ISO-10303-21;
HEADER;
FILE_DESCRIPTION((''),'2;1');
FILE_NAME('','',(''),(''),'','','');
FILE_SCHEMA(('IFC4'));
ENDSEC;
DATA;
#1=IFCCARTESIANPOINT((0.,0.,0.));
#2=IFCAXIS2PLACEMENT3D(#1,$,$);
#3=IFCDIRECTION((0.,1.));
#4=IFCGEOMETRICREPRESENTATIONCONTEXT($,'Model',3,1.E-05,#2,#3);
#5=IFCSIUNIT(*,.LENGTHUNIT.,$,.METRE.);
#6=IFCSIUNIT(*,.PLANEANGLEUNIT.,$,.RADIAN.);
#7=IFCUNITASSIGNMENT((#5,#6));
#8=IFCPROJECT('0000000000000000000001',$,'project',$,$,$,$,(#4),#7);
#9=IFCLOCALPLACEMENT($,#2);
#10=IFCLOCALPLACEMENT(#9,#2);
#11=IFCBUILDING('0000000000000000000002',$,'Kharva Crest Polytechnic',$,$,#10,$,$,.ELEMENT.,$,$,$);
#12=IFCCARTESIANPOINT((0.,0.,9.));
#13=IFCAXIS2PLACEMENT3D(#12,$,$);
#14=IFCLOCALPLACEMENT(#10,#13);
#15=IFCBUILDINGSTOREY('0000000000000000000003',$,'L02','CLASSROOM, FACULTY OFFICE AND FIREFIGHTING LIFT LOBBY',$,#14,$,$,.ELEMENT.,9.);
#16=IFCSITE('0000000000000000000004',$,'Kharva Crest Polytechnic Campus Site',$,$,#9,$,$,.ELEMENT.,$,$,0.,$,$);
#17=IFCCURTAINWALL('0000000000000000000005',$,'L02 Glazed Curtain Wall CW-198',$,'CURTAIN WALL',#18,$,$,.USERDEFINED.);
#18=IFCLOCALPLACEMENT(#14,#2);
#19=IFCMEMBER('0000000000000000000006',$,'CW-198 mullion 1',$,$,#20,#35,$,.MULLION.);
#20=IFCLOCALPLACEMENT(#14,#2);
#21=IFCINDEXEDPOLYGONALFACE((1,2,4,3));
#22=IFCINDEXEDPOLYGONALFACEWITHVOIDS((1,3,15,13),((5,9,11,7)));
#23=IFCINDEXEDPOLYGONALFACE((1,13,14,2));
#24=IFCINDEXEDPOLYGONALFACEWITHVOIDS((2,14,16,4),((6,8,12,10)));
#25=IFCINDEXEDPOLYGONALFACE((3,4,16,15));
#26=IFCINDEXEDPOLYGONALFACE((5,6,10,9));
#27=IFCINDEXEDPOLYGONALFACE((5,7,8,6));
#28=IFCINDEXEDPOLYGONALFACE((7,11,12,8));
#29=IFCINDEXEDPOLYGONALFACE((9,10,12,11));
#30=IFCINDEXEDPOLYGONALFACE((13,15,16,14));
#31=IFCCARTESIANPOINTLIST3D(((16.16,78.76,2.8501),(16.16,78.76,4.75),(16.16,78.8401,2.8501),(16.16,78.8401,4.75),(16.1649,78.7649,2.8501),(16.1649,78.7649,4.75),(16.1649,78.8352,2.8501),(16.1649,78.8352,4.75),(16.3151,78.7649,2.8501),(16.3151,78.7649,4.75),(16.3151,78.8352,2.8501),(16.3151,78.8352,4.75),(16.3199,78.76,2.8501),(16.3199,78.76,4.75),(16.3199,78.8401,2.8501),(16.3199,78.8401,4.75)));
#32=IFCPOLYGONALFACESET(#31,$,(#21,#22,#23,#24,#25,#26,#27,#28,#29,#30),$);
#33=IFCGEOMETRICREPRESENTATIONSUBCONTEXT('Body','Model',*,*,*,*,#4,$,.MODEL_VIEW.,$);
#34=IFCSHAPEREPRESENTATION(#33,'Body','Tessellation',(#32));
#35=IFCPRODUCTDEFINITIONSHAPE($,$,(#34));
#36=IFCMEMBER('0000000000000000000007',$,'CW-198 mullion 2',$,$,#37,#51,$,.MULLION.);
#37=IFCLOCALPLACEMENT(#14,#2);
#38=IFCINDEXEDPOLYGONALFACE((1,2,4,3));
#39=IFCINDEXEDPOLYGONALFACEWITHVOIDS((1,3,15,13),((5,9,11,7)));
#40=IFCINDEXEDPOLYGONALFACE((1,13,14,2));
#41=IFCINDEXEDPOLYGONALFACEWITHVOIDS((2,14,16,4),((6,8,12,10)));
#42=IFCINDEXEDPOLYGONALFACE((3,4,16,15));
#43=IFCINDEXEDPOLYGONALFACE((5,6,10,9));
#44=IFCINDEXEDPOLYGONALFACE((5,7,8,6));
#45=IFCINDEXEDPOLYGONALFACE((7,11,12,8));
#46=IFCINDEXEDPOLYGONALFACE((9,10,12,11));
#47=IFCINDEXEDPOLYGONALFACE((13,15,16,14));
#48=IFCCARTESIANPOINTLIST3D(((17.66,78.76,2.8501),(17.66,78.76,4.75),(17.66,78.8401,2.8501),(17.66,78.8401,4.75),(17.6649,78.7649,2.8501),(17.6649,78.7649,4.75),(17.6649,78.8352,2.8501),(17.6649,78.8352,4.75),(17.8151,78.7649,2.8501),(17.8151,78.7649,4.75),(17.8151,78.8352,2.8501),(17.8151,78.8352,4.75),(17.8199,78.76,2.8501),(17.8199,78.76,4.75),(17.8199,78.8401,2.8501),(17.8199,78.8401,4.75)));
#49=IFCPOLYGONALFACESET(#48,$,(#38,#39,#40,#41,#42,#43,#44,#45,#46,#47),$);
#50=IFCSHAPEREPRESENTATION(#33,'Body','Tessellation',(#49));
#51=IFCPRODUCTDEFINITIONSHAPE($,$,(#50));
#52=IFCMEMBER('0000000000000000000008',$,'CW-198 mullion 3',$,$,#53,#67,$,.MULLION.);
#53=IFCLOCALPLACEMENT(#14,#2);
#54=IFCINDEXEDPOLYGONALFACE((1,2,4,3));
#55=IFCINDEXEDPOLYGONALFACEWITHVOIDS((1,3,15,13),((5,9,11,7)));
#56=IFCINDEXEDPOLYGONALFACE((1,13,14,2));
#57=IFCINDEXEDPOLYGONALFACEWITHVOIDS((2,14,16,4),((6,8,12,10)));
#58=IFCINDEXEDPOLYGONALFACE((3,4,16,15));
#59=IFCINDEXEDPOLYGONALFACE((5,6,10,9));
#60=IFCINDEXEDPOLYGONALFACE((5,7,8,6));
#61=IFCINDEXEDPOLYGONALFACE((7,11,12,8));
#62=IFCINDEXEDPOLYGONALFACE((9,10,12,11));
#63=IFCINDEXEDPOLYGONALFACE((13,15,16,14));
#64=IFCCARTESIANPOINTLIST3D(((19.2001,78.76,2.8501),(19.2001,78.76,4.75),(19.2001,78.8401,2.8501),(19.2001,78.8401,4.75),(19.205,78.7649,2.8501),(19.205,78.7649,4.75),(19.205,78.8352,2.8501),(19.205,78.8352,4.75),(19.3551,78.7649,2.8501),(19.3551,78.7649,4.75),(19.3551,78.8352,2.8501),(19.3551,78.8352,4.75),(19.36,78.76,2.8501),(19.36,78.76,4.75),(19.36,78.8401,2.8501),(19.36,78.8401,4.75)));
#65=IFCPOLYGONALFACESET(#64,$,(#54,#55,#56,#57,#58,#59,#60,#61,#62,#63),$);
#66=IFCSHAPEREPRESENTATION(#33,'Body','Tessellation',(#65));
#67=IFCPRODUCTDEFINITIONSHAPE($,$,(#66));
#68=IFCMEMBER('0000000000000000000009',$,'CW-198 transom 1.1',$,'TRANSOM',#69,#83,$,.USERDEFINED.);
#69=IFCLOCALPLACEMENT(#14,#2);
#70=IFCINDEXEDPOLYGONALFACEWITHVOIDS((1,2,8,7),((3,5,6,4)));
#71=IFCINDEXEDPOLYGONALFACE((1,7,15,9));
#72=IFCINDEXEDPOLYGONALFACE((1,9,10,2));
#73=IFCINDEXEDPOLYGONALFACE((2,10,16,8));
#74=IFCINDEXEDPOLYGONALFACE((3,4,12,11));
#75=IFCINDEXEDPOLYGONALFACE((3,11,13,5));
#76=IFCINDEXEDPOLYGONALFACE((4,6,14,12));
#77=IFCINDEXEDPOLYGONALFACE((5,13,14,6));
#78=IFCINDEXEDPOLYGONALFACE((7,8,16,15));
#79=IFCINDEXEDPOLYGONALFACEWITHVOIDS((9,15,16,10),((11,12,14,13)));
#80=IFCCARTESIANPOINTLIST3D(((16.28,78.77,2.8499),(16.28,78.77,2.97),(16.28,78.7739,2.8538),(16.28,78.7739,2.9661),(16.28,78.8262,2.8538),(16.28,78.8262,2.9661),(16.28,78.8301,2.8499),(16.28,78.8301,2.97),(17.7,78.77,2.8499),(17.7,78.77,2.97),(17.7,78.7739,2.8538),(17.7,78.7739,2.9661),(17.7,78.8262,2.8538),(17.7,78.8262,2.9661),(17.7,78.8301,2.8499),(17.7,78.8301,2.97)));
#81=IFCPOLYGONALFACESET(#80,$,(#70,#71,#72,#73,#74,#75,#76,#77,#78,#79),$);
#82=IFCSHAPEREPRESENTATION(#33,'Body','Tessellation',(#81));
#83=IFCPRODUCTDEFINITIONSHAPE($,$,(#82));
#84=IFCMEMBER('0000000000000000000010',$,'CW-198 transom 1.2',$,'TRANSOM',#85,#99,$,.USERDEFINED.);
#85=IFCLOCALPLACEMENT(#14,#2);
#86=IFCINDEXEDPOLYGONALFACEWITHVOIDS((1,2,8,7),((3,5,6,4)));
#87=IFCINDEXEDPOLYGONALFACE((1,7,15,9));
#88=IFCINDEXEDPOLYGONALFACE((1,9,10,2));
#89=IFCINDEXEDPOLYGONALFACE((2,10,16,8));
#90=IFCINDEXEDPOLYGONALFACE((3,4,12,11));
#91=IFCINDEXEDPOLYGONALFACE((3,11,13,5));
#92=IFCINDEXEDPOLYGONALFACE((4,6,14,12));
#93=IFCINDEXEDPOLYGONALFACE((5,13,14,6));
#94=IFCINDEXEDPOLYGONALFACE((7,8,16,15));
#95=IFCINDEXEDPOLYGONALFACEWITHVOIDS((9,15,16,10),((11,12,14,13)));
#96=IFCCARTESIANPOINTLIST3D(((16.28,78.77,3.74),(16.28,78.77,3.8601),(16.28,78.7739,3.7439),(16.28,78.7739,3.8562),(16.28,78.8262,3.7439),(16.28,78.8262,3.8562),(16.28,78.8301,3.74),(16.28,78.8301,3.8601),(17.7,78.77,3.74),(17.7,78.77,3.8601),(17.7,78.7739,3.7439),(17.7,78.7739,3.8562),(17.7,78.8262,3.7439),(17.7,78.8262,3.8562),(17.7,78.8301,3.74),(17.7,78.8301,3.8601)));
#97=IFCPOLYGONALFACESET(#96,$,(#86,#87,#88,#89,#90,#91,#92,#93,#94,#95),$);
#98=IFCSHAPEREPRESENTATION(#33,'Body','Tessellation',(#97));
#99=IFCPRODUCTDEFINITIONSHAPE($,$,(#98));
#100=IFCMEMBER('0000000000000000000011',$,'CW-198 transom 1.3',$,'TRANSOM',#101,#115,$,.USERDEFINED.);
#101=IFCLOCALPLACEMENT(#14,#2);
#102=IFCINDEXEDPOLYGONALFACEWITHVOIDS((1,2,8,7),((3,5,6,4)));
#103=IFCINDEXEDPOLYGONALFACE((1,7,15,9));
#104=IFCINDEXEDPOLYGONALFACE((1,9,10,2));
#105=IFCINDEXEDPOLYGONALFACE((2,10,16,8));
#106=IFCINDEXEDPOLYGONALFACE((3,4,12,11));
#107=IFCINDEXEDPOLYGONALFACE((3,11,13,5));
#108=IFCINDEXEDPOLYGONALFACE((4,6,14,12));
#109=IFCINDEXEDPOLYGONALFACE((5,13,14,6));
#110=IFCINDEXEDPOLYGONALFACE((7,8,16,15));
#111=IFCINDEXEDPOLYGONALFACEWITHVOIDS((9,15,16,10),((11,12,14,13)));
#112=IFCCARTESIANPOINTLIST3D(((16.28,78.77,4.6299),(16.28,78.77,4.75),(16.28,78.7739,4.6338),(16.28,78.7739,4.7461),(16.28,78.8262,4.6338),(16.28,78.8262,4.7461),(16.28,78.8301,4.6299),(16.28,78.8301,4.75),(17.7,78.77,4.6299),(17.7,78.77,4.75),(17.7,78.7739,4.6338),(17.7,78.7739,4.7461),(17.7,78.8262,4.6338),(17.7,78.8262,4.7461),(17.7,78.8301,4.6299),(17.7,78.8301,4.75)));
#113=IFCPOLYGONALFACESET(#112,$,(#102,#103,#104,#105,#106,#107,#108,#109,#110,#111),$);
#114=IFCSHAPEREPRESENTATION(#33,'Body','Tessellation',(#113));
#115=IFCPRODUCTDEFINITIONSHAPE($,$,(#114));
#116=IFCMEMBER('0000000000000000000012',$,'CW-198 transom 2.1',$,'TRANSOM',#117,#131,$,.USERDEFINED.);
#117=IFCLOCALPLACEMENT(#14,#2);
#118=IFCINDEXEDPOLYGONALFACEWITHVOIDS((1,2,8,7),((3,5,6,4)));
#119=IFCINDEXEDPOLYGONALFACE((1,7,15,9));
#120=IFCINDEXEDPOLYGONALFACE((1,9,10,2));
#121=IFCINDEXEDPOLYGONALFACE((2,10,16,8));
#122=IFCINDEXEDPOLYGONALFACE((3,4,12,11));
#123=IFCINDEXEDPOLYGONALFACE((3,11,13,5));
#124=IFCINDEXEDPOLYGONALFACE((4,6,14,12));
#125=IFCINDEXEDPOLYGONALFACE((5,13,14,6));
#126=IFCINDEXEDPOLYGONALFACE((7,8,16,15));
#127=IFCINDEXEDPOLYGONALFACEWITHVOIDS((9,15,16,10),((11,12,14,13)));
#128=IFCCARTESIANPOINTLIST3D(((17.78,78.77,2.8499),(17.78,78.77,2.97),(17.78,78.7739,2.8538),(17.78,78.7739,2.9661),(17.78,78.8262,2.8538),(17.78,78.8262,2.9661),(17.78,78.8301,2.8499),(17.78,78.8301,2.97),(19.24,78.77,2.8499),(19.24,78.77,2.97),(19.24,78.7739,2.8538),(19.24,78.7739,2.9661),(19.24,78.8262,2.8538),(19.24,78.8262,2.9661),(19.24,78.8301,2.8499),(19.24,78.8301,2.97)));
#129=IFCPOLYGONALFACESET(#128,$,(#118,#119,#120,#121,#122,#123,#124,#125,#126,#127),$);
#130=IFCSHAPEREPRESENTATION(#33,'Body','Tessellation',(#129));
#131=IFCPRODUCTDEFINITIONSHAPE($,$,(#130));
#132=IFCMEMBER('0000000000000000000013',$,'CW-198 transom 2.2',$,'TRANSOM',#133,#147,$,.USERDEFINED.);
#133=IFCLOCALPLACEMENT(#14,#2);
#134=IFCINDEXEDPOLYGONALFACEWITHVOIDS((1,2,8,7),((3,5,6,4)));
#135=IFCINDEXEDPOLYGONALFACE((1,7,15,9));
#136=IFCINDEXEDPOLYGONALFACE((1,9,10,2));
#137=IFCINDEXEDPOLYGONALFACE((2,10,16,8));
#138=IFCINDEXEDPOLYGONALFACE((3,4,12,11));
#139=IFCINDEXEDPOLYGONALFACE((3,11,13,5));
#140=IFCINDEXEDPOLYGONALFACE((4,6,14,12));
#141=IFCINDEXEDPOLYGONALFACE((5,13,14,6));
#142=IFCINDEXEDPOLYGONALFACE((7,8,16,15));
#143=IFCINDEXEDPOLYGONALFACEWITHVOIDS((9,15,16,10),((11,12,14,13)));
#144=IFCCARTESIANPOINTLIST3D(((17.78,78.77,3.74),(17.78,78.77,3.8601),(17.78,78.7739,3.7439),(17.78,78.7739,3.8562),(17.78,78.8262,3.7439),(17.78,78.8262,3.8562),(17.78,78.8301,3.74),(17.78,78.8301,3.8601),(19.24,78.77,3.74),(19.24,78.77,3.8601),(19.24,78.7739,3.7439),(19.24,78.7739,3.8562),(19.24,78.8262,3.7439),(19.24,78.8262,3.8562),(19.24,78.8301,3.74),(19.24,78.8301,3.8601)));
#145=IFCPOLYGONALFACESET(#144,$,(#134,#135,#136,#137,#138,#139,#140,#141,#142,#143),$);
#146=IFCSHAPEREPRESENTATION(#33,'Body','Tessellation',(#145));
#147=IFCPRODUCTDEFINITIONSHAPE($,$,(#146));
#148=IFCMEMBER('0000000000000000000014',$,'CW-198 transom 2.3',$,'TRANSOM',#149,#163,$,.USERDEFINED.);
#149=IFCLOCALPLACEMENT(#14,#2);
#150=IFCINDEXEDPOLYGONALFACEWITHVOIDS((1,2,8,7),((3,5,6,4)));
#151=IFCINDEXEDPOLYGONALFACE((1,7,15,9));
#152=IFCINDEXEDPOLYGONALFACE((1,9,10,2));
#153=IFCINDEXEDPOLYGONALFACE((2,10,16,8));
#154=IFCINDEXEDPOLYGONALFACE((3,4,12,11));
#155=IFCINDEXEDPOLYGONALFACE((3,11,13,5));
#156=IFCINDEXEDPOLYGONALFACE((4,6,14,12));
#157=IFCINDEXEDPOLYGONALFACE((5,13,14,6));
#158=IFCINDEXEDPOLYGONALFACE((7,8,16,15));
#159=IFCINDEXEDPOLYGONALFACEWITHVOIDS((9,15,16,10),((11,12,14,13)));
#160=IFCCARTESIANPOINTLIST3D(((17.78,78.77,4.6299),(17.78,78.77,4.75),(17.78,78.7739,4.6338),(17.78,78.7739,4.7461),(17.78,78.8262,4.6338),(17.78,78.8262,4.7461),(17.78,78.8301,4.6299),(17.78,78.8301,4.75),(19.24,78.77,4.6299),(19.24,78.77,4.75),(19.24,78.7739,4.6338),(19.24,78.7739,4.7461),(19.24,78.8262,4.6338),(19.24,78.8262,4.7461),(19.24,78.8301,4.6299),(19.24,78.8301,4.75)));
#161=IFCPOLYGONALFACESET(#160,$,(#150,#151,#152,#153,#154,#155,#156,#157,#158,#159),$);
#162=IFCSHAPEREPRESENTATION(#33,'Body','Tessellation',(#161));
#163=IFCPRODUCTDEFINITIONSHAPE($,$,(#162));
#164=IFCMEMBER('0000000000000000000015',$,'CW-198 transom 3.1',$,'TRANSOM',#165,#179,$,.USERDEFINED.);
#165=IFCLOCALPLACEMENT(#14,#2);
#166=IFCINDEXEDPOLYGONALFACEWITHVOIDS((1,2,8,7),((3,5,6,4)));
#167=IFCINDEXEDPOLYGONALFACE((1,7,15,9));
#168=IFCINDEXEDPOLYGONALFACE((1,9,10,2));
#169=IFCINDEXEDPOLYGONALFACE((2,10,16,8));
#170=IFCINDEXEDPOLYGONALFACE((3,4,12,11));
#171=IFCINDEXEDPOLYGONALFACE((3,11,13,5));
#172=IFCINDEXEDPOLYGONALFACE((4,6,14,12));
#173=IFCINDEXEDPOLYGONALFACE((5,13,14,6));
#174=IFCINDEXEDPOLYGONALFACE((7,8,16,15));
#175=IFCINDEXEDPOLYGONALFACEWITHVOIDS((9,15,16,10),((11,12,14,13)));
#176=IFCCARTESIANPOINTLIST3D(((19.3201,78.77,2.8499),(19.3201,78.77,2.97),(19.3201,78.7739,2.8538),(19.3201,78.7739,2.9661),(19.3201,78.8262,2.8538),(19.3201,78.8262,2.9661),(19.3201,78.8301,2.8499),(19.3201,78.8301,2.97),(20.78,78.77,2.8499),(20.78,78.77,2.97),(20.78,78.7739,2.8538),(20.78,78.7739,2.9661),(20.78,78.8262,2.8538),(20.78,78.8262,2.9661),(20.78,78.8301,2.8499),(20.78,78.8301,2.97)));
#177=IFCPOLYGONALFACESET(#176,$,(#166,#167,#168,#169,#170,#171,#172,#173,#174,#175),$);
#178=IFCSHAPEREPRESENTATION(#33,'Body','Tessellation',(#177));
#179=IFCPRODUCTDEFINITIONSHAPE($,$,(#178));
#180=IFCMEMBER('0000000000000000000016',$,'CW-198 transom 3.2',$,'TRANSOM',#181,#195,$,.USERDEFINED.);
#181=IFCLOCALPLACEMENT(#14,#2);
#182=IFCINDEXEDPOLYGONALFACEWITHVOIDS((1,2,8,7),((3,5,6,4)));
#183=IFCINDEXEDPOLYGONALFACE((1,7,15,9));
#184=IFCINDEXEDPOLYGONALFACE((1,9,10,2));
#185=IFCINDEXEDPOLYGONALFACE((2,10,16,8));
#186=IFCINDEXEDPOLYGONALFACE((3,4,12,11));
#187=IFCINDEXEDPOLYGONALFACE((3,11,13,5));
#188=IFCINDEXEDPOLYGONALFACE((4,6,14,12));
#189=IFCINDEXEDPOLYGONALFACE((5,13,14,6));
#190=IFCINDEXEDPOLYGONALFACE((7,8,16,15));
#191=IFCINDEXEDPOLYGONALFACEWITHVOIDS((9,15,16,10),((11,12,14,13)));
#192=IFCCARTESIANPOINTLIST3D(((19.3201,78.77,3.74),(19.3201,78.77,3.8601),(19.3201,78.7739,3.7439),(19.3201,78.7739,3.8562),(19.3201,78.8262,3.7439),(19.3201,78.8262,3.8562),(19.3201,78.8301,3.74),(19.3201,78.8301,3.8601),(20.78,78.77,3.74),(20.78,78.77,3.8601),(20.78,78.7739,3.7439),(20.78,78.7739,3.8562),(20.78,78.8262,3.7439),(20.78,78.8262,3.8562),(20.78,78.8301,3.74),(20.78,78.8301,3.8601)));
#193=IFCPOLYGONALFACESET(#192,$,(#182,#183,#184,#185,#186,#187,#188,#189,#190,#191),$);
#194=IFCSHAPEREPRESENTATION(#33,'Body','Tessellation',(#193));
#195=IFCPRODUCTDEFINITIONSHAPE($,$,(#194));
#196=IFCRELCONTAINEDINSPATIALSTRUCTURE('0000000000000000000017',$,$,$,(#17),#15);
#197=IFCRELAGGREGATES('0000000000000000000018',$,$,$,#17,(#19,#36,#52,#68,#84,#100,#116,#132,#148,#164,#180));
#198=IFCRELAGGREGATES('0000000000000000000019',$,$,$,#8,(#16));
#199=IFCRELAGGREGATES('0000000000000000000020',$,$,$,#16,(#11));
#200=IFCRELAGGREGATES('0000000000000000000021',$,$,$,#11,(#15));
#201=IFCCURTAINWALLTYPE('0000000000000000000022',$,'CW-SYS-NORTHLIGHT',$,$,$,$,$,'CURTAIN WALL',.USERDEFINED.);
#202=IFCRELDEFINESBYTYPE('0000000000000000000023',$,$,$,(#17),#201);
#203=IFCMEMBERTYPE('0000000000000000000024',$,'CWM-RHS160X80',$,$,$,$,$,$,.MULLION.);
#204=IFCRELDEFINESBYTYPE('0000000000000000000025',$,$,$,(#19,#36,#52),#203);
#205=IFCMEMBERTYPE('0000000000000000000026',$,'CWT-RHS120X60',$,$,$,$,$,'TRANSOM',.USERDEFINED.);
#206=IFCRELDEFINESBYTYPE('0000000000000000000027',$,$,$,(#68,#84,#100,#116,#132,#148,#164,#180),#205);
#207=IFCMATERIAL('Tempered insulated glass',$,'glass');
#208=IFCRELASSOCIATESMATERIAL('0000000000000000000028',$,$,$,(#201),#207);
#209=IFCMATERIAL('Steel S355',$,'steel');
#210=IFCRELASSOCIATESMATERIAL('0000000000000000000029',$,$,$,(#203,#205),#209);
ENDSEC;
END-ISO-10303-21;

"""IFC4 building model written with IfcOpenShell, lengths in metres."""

from ifc_helpers import new_model, si_unit, direction, frame, origin, origin_2d, place, context, subcontext, project, spatial, hollow_rectangle, extrude, material, material_profile, profile_set, type_object, element, aggregate, save


model = new_model("IFC4")

# Units and contexts
model_context = context("Model", 3, precision=1e-05, world=origin(), true_north=direction((0.0, 1.0)))
body_context = subcontext(model_context, "Body", "Model", "MODEL_VIEW")
ifc_project = project(units=[si_unit("LENGTHUNIT", "METRE"), si_unit("PLANEANGLEUNIT", "RADIAN")], contexts=[model_context])

# Site, building, storey
site_placement = place(None, origin())
site = spatial("IfcSite", under=ifc_project, at=site_placement, Name="Kharva Crest Polytechnic Campus Site", CompositionType="ELEMENT", RefElevation=0.0)
building_placement = place(site_placement, origin())
building = spatial("IfcBuilding", under=site, at=building_placement, Name="Kharva Crest Polytechnic", CompositionType="ELEMENT")
storey_placement = place(building_placement, frame((0.0, 0.0, 9.0)))
storey = spatial("IfcBuildingStorey", under=building, at=storey_placement, Name="L02", Description="CLASSROOM, FACULTY OFFICE AND FIREFIGHTING LIFT LOBBY", CompositionType="ELEMENT", Elevation=9.0)

# Curtain wall, members
ifc_material_1 = material(Name="Tempered insulated glass", Category="glass")
curtain_wall_type = type_object("IfcCurtainWallType", Name="CW-SYS-NORTHLIGHT", ElementType="CURTAIN WALL", PredefinedType="USERDEFINED", material=ifc_material_1)
curtain_wall_placement = place(storey_placement, origin())
curtain_wall = element("IfcCurtainWall", 1, at=curtain_wall_placement, inside=storey, type_object=curtain_wall_type, Name="L02 Glazed Curtain Wall CW-198", ObjectType="CURTAIN WALL", PredefinedType="USERDEFINED")
ifc_material_2 = material(Name="Steel S355", Category="steel")
ifc_material_profile_1 = material_profile(ifc_material_2, hollow_rectangle(XDim=0.0801, YDim=0.1599, WallThickness=0.0049, at=origin_2d()), Name="RHS 160X80X5.0")
ifc_profile_set_1 = profile_set([ifc_material_profile_1], Name="Steel S355")
member_type_1 = type_object("IfcMemberType", Name="CWM-RHS160X80", PredefinedType="MULLION", material=ifc_profile_set_1)
member_1_placement = place(storey_placement, frame((16.24, 78.8, 2.8501), z_axis=(0.0, 0.0, 1.0), x_axis=(0.0, 1.0, 0.0)))
member_1 = element("IfcMember", 2, at=member_1_placement, type_object=member_type_1, Name="CW-198 mullion 1", PredefinedType="MULLION", context=body_context, shape_type="SweptSolid", body=[
    extrude(hollow_rectangle(XDim=0.0801, YDim=0.1599, WallThickness=0.0049, at=origin_2d()), origin(), (0.0, 0.0, 1.0), 1.8999),
])
member_2_placement = place(storey_placement, frame((17.74, 78.8, 2.8501), z_axis=(0.0, 0.0, 1.0), x_axis=(0.0, 1.0, 0.0)))
member_2 = element("IfcMember", 3, at=member_2_placement, type_object=member_type_1, Name="CW-198 mullion 2", PredefinedType="MULLION", context=body_context, shape_type="SweptSolid", body=[
    extrude(hollow_rectangle(XDim=0.0801, YDim=0.1599, WallThickness=0.0049, at=origin_2d()), origin(), (0.0, 0.0, 1.0), 1.8999),
])
member_3_placement = place(storey_placement, frame((19.28, 78.8, 2.8501), z_axis=(0.0, 0.0, 1.0), x_axis=(0.0, 1.0, 0.0)))
member_3 = element("IfcMember", 4, at=member_3_placement, type_object=member_type_1, Name="CW-198 mullion 3", PredefinedType="MULLION", context=body_context, shape_type="SweptSolid", body=[
    extrude(hollow_rectangle(XDim=0.0801, YDim=0.1599, WallThickness=0.0049, at=origin_2d()), origin(), (0.0, 0.0, 1.0), 1.8999),
])
ifc_material_profile_2 = material_profile(ifc_material_2, hollow_rectangle(XDim=0.0601, YDim=0.1201, WallThickness=0.0039, at=origin_2d()), Name="RHS 120X60X4.0")
ifc_profile_set_2 = profile_set([ifc_material_profile_2], Name="Steel S355")
member_type_2 = type_object("IfcMemberType", Name="CWT-RHS120X60", ElementType="TRANSOM", PredefinedType="USERDEFINED", material=ifc_profile_set_2)
member_4_placement = place(storey_placement, frame((16.28, 78.8, 2.9099), z_axis=(1.0, 0.0, 0.0), x_axis=(0.0, 1.0, 0.0)))
member_4 = element("IfcMember", 5, at=member_4_placement, type_object=member_type_2, Name="CW-198 transom 1.1", ObjectType="TRANSOM", PredefinedType="USERDEFINED", context=body_context, shape_type="SweptSolid", body=[
    extrude(hollow_rectangle(XDim=0.0601, YDim=0.1201, WallThickness=0.0039, at=origin_2d()), origin(), (0.0, 0.0, 1.0), 1.4199),
])
member_5_placement = place(storey_placement, frame((16.28, 78.8, 3.8), z_axis=(1.0, 0.0, 0.0), x_axis=(0.0, 1.0, 0.0)))
member_5 = element("IfcMember", 6, at=member_5_placement, type_object=member_type_2, Name="CW-198 transom 1.2", ObjectType="TRANSOM", PredefinedType="USERDEFINED", context=body_context, shape_type="SweptSolid", body=[
    extrude(hollow_rectangle(XDim=0.0601, YDim=0.1201, WallThickness=0.0039, at=origin_2d()), origin(), (0.0, 0.0, 1.0), 1.4199),
])
member_6_placement = place(storey_placement, frame((16.28, 78.8, 4.6899), z_axis=(1.0, 0.0, 0.0), x_axis=(0.0, 1.0, 0.0)))
member_6 = element("IfcMember", 7, at=member_6_placement, type_object=member_type_2, Name="CW-198 transom 1.3", ObjectType="TRANSOM", PredefinedType="USERDEFINED", context=body_context, shape_type="SweptSolid", body=[
    extrude(hollow_rectangle(XDim=0.0601, YDim=0.1201, WallThickness=0.0039, at=origin_2d()), origin(), (0.0, 0.0, 1.0), 1.4199),
])
member_7_placement = place(storey_placement, frame((17.78, 78.8, 2.9099), z_axis=(1.0, 0.0, 0.0), x_axis=(0.0, 1.0, 0.0)))
member_7 = element("IfcMember", 8, at=member_7_placement, type_object=member_type_2, Name="CW-198 transom 2.1", ObjectType="TRANSOM", PredefinedType="USERDEFINED", context=body_context, shape_type="SweptSolid", body=[
    extrude(hollow_rectangle(XDim=0.0601, YDim=0.1201, WallThickness=0.0039, at=origin_2d()), origin(), (0.0, 0.0, 1.0), 1.46),
])
member_8_placement = place(storey_placement, frame((17.78, 78.8, 3.8), z_axis=(1.0, 0.0, 0.0), x_axis=(0.0, 1.0, 0.0)))
member_8 = element("IfcMember", 9, at=member_8_placement, type_object=member_type_2, Name="CW-198 transom 2.2", ObjectType="TRANSOM", PredefinedType="USERDEFINED", context=body_context, shape_type="SweptSolid", body=[
    extrude(hollow_rectangle(XDim=0.0601, YDim=0.1201, WallThickness=0.0039, at=origin_2d()), origin(), (0.0, 0.0, 1.0), 1.46),
])
member_9_placement = place(storey_placement, frame((17.78, 78.8, 4.6899), z_axis=(1.0, 0.0, 0.0), x_axis=(0.0, 1.0, 0.0)))
member_9 = element("IfcMember", 10, at=member_9_placement, type_object=member_type_2, Name="CW-198 transom 2.3", ObjectType="TRANSOM", PredefinedType="USERDEFINED", context=body_context, shape_type="SweptSolid", body=[
    extrude(hollow_rectangle(XDim=0.0601, YDim=0.1201, WallThickness=0.0039, at=origin_2d()), origin(), (0.0, 0.0, 1.0), 1.46),
])
member_10_placement = place(storey_placement, frame((19.3201, 78.8, 2.9099), z_axis=(1.0, 0.0, 0.0), x_axis=(0.0, 1.0, 0.0)))
member_10 = element("IfcMember", 11, at=member_10_placement, type_object=member_type_2, Name="CW-198 transom 3.1", ObjectType="TRANSOM", PredefinedType="USERDEFINED", context=body_context, shape_type="SweptSolid", body=[
    extrude(hollow_rectangle(XDim=0.0601, YDim=0.1201, WallThickness=0.0039, at=origin_2d()), origin(), (0.0, 0.0, 1.0), 1.46),
])
member_11_placement = place(storey_placement, frame((19.3201, 78.8, 3.8), z_axis=(1.0, 0.0, 0.0), x_axis=(0.0, 1.0, 0.0)))
member_11 = element("IfcMember", 12, at=member_11_placement, type_object=member_type_2, Name="CW-198 transom 3.2", ObjectType="TRANSOM", PredefinedType="USERDEFINED", context=body_context, shape_type="SweptSolid", body=[
    extrude(hollow_rectangle(XDim=0.0601, YDim=0.1201, WallThickness=0.0039, at=origin_2d()), origin(), (0.0, 0.0, 1.0), 1.46),
])

aggregate(curtain_wall, [member_1, member_2, member_3, member_4, member_5, member_6, member_7, member_8, member_9, member_10, member_11])

save(model, "model.ifc")
